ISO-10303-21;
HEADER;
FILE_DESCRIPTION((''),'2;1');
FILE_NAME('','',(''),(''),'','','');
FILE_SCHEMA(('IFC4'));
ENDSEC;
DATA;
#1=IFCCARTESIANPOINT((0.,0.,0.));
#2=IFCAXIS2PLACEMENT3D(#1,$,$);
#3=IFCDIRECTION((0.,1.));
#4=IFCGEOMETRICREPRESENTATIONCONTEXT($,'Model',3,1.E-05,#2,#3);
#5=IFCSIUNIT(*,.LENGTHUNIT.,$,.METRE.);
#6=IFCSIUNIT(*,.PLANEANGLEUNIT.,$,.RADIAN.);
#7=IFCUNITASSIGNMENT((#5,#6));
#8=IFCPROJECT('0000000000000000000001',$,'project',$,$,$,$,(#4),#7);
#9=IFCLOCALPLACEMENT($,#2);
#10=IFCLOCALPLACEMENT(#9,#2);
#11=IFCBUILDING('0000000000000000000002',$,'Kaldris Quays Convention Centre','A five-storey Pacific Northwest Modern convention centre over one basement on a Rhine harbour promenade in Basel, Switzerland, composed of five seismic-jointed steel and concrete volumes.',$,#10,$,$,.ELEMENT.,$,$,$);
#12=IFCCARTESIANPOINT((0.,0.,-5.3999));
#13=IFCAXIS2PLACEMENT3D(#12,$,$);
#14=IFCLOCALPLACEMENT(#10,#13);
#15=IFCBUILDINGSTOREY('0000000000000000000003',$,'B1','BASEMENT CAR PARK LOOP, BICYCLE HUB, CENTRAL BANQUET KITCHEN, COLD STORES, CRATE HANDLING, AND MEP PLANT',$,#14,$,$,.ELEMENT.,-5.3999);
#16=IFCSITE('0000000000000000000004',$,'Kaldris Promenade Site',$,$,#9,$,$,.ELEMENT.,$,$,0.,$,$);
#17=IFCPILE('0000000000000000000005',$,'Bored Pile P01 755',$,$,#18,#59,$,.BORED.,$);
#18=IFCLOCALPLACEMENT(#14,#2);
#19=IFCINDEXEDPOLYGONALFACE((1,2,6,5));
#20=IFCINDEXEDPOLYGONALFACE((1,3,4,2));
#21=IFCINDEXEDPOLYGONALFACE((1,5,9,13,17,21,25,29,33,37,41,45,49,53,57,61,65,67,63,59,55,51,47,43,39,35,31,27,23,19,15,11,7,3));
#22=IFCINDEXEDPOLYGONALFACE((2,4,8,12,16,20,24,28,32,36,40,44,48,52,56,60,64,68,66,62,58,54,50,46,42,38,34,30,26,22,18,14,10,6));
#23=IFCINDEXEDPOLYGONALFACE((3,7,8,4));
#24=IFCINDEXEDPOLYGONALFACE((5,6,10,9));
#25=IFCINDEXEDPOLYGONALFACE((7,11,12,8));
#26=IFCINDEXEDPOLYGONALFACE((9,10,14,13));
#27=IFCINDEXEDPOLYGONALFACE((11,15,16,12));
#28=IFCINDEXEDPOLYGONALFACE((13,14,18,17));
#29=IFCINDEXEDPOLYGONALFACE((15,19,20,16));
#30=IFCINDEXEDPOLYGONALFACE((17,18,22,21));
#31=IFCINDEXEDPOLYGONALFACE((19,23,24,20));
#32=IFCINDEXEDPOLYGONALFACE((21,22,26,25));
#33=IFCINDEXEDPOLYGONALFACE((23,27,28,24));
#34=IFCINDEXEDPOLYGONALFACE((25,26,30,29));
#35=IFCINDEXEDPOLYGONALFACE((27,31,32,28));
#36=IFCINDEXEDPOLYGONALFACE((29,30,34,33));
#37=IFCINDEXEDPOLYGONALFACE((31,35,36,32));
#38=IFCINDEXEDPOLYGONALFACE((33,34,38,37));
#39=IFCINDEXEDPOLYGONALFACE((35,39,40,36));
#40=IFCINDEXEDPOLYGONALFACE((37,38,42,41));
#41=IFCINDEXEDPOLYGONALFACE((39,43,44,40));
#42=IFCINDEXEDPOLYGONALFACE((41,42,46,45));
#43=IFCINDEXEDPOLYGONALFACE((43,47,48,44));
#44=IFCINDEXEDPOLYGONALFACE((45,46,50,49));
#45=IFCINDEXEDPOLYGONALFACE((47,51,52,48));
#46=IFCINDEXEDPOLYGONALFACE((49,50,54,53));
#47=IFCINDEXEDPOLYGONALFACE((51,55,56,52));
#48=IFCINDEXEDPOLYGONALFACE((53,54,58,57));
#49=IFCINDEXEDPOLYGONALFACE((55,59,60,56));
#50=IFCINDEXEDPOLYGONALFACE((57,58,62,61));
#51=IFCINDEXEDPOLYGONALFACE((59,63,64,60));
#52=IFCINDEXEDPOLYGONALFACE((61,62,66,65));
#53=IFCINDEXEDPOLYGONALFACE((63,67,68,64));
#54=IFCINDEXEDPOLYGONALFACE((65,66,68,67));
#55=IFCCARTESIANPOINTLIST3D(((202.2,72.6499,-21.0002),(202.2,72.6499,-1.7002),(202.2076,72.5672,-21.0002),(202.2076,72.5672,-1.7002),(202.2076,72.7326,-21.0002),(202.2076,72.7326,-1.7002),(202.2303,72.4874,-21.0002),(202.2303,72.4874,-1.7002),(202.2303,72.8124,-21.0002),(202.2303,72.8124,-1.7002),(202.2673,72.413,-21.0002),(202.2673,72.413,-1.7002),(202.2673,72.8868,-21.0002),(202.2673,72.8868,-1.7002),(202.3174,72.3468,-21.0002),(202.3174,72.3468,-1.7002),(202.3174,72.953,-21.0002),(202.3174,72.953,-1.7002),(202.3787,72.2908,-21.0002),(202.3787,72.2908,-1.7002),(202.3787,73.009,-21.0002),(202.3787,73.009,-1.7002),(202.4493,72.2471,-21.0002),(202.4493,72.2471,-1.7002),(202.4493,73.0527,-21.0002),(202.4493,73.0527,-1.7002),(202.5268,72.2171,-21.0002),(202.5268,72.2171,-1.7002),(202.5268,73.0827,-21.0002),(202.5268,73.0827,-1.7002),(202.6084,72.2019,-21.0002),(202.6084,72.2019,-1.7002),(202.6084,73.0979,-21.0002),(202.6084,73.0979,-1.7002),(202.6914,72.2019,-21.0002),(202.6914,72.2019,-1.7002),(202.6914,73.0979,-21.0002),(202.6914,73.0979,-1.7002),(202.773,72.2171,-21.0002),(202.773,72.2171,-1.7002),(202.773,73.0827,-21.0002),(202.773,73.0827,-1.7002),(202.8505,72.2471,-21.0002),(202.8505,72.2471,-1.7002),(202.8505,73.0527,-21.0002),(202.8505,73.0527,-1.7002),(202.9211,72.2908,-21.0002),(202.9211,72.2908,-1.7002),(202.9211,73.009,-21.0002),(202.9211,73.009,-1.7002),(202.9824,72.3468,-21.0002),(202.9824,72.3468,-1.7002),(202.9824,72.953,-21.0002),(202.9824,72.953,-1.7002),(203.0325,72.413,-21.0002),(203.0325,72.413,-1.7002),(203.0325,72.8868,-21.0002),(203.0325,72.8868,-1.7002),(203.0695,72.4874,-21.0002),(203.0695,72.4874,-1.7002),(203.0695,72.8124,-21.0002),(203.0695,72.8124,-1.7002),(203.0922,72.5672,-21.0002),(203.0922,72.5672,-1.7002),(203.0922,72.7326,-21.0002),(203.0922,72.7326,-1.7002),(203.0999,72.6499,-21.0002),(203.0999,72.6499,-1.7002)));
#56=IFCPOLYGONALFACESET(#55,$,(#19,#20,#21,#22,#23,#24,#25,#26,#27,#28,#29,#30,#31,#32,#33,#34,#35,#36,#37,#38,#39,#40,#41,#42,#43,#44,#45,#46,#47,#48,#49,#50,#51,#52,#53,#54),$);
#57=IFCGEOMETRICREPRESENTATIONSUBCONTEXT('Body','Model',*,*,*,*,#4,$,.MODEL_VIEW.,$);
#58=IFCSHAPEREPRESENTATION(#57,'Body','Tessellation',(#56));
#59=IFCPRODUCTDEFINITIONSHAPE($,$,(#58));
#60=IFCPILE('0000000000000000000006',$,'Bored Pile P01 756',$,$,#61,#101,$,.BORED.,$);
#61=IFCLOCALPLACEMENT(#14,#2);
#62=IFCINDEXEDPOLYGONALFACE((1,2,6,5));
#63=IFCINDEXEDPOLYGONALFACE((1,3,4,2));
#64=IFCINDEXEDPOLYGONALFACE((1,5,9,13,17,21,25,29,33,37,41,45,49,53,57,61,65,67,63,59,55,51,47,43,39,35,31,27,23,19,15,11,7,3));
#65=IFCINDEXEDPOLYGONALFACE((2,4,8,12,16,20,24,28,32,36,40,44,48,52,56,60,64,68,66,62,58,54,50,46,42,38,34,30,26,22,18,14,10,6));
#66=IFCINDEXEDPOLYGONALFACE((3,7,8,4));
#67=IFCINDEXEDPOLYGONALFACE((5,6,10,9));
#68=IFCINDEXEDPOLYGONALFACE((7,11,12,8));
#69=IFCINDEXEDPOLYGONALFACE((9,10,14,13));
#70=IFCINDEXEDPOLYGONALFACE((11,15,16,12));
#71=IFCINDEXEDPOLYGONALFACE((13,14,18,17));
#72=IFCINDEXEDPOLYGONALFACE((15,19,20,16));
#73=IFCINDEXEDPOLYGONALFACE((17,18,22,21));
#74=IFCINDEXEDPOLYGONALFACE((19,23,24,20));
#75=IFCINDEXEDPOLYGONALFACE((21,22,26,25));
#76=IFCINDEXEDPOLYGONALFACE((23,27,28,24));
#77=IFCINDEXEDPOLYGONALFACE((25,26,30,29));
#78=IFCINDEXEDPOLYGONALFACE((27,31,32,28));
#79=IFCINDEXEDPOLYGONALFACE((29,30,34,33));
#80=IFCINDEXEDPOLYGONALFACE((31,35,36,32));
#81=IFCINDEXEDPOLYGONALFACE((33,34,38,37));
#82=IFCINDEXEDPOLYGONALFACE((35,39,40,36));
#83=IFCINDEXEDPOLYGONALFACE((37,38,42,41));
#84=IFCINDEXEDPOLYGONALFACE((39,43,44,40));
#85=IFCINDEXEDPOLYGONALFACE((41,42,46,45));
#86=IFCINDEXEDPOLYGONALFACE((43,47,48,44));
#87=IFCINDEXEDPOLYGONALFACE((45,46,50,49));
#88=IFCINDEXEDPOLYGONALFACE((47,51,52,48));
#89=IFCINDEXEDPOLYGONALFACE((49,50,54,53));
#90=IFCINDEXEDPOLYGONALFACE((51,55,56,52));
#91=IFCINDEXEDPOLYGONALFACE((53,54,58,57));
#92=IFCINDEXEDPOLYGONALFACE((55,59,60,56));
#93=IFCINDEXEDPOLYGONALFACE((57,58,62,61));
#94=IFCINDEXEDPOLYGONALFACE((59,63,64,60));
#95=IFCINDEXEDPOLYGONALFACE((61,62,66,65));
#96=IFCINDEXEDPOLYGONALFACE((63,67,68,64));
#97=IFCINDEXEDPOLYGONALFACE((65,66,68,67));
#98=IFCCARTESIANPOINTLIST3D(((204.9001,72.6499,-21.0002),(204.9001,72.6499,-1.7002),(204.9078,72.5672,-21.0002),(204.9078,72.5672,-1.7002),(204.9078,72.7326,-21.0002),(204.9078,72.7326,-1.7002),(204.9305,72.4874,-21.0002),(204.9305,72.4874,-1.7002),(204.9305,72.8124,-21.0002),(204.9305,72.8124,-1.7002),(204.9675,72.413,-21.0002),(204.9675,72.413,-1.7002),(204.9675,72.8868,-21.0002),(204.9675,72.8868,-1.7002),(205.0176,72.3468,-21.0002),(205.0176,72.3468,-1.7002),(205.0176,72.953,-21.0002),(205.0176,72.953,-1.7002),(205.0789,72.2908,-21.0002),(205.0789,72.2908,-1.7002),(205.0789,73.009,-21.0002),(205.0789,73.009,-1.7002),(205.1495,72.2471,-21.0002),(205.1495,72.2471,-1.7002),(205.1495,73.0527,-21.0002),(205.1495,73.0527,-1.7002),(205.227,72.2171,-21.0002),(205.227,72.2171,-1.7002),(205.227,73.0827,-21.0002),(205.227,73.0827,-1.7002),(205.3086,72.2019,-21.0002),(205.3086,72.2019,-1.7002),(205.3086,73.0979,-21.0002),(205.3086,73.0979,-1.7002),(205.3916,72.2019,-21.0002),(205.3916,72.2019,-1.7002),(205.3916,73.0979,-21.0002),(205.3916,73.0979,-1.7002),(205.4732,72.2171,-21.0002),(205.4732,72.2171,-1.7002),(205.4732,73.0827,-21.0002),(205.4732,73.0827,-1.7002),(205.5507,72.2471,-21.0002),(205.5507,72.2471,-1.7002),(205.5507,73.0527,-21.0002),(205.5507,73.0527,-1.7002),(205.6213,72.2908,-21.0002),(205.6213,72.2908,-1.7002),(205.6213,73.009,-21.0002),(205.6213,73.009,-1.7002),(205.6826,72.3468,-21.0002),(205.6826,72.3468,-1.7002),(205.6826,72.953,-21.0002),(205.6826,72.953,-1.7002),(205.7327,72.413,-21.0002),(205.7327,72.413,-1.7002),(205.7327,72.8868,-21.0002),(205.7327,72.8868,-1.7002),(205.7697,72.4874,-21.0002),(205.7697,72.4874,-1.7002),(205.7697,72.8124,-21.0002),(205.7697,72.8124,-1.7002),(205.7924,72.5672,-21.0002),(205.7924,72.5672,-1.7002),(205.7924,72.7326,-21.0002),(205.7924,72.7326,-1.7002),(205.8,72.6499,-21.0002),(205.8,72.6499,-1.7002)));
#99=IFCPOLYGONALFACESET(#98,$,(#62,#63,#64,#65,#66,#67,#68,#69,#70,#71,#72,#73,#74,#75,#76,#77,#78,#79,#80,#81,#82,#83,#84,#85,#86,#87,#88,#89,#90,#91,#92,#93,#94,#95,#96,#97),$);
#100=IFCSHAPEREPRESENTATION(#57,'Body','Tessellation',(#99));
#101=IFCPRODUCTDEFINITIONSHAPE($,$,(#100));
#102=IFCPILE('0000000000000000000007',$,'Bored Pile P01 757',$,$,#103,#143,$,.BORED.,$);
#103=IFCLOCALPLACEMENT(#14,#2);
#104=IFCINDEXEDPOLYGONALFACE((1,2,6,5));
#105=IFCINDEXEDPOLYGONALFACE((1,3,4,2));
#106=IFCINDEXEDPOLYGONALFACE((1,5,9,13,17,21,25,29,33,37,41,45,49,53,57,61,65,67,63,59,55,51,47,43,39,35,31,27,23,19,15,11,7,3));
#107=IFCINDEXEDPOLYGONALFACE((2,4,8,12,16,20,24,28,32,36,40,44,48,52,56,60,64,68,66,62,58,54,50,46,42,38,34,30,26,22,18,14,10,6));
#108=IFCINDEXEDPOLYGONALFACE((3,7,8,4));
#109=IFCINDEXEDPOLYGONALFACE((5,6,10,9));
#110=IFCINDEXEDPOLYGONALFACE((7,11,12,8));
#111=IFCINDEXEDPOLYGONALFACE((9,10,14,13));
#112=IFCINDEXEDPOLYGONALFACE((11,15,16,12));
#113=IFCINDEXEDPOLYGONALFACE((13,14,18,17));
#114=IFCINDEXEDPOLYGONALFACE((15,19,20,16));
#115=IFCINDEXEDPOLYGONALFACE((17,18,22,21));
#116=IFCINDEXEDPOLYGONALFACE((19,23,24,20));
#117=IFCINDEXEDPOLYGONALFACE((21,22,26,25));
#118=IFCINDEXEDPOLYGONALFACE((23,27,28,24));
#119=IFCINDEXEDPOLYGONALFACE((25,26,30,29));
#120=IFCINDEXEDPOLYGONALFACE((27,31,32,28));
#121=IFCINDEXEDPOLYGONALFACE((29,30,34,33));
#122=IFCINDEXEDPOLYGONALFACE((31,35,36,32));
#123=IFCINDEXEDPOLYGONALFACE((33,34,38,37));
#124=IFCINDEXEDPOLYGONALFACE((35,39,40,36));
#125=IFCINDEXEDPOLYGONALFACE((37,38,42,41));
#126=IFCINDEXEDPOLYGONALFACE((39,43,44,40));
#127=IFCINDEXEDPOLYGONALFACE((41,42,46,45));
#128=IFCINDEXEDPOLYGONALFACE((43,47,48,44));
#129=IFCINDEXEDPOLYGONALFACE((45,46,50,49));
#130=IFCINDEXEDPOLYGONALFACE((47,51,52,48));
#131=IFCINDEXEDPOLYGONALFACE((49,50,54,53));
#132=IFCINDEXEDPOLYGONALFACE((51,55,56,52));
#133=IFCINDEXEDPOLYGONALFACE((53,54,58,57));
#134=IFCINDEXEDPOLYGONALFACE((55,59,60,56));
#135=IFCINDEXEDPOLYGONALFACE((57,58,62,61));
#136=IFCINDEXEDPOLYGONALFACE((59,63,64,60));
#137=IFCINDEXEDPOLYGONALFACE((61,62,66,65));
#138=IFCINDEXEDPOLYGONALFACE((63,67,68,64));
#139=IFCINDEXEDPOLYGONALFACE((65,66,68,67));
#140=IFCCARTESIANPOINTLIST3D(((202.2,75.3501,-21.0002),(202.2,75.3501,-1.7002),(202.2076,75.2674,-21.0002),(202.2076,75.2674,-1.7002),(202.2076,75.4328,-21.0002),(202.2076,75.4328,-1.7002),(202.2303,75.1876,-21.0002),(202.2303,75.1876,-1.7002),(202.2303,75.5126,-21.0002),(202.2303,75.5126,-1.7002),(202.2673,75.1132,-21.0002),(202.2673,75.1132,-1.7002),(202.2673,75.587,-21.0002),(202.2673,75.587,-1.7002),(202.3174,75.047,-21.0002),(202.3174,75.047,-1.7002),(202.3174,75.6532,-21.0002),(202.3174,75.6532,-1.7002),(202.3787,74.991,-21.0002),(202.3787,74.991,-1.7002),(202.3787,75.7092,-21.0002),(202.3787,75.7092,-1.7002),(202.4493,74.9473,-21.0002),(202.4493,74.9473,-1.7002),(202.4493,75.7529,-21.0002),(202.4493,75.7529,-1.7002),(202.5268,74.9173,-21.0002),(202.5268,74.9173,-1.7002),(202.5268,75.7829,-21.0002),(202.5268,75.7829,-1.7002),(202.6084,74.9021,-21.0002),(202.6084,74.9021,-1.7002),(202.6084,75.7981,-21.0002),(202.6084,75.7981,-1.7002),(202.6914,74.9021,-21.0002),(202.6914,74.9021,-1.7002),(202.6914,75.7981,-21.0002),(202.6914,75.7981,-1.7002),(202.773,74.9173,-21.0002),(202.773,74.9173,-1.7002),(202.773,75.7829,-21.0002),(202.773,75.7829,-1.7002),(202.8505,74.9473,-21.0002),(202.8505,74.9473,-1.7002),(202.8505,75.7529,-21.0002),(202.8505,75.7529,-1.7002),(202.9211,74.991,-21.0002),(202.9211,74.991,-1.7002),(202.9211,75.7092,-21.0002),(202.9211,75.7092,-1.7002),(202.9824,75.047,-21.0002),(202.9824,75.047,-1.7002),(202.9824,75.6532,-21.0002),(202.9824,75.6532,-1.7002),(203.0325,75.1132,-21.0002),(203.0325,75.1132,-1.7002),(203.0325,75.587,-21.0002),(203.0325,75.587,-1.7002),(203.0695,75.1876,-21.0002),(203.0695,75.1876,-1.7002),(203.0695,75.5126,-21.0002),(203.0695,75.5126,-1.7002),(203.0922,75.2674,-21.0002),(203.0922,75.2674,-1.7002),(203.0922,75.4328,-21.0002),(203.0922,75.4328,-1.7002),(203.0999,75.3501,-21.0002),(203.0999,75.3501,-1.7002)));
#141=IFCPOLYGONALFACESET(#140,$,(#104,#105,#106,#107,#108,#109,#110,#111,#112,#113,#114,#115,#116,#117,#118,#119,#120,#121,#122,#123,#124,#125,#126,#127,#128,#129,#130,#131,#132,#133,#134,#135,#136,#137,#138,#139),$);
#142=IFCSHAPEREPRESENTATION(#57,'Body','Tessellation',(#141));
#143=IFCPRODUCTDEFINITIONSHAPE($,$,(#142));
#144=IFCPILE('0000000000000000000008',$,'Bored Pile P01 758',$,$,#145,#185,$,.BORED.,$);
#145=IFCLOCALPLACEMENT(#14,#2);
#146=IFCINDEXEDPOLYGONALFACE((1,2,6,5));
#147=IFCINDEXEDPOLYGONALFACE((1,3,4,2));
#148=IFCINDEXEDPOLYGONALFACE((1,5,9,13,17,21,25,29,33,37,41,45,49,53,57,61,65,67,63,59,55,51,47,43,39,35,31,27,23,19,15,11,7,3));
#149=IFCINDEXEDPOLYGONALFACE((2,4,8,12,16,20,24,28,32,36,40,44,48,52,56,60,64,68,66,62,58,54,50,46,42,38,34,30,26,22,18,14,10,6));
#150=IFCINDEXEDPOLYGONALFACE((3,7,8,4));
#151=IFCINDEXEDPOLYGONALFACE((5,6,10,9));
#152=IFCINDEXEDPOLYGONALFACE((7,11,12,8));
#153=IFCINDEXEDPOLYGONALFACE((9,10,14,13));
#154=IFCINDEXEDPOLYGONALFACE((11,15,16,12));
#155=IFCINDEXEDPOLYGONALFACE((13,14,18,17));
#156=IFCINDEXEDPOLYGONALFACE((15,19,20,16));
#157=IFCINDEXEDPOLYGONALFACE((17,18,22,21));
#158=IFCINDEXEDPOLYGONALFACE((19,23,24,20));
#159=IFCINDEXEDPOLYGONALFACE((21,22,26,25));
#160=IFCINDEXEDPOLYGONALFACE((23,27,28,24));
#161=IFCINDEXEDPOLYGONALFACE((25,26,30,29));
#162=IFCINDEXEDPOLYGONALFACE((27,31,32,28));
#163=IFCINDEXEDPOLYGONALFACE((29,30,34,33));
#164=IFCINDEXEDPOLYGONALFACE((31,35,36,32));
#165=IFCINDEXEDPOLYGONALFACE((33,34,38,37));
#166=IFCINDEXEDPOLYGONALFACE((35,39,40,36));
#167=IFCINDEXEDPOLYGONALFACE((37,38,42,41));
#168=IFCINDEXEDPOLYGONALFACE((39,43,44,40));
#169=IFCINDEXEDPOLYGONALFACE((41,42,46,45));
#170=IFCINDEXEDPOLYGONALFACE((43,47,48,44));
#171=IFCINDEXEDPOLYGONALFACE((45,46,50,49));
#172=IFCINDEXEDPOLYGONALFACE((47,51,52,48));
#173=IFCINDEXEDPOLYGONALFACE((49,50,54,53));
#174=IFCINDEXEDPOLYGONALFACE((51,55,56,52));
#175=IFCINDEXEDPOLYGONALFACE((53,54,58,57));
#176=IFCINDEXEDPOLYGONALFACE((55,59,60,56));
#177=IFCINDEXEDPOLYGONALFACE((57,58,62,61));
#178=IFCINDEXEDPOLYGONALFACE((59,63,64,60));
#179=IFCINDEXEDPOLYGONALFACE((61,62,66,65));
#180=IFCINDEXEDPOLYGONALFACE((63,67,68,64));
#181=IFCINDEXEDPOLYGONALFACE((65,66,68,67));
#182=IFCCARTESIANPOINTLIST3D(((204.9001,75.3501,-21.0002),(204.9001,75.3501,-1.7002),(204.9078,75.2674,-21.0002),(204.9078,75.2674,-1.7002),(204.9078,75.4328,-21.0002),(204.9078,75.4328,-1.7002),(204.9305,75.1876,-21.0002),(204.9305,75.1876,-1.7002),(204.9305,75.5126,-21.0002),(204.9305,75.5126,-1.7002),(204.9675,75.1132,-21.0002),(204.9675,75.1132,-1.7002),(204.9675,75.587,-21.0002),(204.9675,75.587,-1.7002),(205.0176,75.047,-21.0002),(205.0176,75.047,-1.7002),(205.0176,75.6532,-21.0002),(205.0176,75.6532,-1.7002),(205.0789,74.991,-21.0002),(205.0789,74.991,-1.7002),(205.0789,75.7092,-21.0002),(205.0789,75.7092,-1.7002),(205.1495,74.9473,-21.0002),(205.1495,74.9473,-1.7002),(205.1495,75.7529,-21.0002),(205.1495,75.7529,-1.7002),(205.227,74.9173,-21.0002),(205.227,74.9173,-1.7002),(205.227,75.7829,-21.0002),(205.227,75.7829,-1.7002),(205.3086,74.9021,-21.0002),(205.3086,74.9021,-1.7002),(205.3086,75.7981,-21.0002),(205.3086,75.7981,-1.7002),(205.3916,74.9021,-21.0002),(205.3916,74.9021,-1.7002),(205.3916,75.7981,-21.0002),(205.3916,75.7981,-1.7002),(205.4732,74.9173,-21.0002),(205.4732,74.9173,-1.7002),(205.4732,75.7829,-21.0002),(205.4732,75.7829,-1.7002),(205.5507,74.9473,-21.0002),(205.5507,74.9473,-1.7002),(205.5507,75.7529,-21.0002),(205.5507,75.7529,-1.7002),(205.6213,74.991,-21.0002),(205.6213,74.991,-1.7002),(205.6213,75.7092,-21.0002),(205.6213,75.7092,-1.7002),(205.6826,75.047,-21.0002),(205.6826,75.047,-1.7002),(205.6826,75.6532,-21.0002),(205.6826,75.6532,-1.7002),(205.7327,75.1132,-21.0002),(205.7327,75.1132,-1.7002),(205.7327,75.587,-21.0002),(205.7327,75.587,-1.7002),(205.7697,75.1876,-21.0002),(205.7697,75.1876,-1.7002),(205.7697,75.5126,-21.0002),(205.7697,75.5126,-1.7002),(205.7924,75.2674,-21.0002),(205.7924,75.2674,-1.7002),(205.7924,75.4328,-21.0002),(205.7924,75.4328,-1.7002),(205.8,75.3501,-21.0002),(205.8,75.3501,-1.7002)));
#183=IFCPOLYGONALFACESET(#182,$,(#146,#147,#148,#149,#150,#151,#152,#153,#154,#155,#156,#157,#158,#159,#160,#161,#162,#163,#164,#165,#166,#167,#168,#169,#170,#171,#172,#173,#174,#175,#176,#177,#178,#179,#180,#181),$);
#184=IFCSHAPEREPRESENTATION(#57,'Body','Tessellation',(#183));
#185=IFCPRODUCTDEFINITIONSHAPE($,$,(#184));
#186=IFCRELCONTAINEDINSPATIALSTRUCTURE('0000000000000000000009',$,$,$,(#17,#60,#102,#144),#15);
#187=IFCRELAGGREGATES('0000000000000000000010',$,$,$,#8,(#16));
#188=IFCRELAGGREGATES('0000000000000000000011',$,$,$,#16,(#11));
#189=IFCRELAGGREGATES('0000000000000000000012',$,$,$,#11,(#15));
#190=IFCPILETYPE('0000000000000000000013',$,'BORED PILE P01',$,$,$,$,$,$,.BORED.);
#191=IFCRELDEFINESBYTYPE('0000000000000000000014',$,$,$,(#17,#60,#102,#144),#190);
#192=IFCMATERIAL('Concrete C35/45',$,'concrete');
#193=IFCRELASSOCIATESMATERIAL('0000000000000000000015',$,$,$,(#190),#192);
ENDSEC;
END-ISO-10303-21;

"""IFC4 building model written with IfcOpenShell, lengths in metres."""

from ifc_helpers import new_model, si_unit, direction, frame, origin, origin_2d, place, context, subcontext, project, spatial, circle, extrude, material, material_profile, profile_set, type_object, element, save


model = new_model("IFC4")

# Units and contexts
model_context = context("Model", 3, precision=1e-05, world=origin(), true_north=direction((0.0, 1.0)))
body_context = subcontext(model_context, "Body", "Model", "MODEL_VIEW")
ifc_project = project(units=[si_unit("LENGTHUNIT", "METRE"), si_unit("PLANEANGLEUNIT", "RADIAN")], contexts=[model_context])

# Site, building, storey
site_placement = place(None, origin())
site = spatial("IfcSite", under=ifc_project, at=site_placement, Name="Kaldris Promenade Site", CompositionType="ELEMENT", RefElevation=0.0)
building_placement = place(site_placement, origin())
building = spatial("IfcBuilding", under=site, at=building_placement, Name="Kaldris Quays Convention Centre", Description="A five-storey Pacific Northwest Modern convention centre over one basement on a Rhine harbour promenade in Basel, Switzerland, composed of five seismic-jointed steel and concrete volumes.", CompositionType="ELEMENT")
storey_placement = place(building_placement, frame((0.0, 0.0, -5.3999)))
storey = spatial("IfcBuildingStorey", under=building, at=storey_placement, Name="B1", Description="BASEMENT CAR PARK LOOP, BICYCLE HUB, CENTRAL BANQUET KITCHEN, COLD STORES, CRATE HANDLING, AND MEP PLANT", CompositionType="ELEMENT", Elevation=-5.3999)

# Piles
ifc_material_1 = material(Name="Concrete C35/45", Category="concrete")
ifc_material_profile_1 = material_profile(ifc_material_1, circle(Radius=0.45, at=origin_2d()), Name="BORED PILE D900")
ifc_profile_set_1 = profile_set([ifc_material_profile_1], Name="Concrete C35/45")
pile_type = type_object("IfcPileType", Name="BORED PILE P01", PredefinedType="BORED", material=ifc_profile_set_1)
for number, where, z_axis, x_axis, name in (
    (1, (202.6499, 72.6499, -1.7002), (0.0, 0.0, -1.0), (1.0, 0.0, 0.0), "Bored Pile P01 755"),
    (2, (205.3501, 72.6499, -1.7002), (0.0, 0.0, -1.0), (1.0, 0.0, 0.0), "Bored Pile P01 756"),
    (3, (202.6499, 75.3501, -1.7002), (0.0, 0.0, -1.0), (1.0, 0.0, 0.0), "Bored Pile P01 757"),
    (4, (205.3501, 75.3501, -1.7002), (0.0, 0.0, -1.0), (1.0, 0.0, 0.0), "Bored Pile P01 758"),
):
    element("IfcPile", number, at=place(storey_placement, frame(where, z_axis=z_axis, x_axis=x_axis)), inside=storey, type_object=pile_type, Name=name, PredefinedType="BORED", context=body_context, shape_type="SweptSolid", body=[
        extrude(circle(Radius=0.45, at=origin_2d()), origin(), (0.0, 0.0, 1.0), 19.3),
    ])

save(model, "model.ifc")
